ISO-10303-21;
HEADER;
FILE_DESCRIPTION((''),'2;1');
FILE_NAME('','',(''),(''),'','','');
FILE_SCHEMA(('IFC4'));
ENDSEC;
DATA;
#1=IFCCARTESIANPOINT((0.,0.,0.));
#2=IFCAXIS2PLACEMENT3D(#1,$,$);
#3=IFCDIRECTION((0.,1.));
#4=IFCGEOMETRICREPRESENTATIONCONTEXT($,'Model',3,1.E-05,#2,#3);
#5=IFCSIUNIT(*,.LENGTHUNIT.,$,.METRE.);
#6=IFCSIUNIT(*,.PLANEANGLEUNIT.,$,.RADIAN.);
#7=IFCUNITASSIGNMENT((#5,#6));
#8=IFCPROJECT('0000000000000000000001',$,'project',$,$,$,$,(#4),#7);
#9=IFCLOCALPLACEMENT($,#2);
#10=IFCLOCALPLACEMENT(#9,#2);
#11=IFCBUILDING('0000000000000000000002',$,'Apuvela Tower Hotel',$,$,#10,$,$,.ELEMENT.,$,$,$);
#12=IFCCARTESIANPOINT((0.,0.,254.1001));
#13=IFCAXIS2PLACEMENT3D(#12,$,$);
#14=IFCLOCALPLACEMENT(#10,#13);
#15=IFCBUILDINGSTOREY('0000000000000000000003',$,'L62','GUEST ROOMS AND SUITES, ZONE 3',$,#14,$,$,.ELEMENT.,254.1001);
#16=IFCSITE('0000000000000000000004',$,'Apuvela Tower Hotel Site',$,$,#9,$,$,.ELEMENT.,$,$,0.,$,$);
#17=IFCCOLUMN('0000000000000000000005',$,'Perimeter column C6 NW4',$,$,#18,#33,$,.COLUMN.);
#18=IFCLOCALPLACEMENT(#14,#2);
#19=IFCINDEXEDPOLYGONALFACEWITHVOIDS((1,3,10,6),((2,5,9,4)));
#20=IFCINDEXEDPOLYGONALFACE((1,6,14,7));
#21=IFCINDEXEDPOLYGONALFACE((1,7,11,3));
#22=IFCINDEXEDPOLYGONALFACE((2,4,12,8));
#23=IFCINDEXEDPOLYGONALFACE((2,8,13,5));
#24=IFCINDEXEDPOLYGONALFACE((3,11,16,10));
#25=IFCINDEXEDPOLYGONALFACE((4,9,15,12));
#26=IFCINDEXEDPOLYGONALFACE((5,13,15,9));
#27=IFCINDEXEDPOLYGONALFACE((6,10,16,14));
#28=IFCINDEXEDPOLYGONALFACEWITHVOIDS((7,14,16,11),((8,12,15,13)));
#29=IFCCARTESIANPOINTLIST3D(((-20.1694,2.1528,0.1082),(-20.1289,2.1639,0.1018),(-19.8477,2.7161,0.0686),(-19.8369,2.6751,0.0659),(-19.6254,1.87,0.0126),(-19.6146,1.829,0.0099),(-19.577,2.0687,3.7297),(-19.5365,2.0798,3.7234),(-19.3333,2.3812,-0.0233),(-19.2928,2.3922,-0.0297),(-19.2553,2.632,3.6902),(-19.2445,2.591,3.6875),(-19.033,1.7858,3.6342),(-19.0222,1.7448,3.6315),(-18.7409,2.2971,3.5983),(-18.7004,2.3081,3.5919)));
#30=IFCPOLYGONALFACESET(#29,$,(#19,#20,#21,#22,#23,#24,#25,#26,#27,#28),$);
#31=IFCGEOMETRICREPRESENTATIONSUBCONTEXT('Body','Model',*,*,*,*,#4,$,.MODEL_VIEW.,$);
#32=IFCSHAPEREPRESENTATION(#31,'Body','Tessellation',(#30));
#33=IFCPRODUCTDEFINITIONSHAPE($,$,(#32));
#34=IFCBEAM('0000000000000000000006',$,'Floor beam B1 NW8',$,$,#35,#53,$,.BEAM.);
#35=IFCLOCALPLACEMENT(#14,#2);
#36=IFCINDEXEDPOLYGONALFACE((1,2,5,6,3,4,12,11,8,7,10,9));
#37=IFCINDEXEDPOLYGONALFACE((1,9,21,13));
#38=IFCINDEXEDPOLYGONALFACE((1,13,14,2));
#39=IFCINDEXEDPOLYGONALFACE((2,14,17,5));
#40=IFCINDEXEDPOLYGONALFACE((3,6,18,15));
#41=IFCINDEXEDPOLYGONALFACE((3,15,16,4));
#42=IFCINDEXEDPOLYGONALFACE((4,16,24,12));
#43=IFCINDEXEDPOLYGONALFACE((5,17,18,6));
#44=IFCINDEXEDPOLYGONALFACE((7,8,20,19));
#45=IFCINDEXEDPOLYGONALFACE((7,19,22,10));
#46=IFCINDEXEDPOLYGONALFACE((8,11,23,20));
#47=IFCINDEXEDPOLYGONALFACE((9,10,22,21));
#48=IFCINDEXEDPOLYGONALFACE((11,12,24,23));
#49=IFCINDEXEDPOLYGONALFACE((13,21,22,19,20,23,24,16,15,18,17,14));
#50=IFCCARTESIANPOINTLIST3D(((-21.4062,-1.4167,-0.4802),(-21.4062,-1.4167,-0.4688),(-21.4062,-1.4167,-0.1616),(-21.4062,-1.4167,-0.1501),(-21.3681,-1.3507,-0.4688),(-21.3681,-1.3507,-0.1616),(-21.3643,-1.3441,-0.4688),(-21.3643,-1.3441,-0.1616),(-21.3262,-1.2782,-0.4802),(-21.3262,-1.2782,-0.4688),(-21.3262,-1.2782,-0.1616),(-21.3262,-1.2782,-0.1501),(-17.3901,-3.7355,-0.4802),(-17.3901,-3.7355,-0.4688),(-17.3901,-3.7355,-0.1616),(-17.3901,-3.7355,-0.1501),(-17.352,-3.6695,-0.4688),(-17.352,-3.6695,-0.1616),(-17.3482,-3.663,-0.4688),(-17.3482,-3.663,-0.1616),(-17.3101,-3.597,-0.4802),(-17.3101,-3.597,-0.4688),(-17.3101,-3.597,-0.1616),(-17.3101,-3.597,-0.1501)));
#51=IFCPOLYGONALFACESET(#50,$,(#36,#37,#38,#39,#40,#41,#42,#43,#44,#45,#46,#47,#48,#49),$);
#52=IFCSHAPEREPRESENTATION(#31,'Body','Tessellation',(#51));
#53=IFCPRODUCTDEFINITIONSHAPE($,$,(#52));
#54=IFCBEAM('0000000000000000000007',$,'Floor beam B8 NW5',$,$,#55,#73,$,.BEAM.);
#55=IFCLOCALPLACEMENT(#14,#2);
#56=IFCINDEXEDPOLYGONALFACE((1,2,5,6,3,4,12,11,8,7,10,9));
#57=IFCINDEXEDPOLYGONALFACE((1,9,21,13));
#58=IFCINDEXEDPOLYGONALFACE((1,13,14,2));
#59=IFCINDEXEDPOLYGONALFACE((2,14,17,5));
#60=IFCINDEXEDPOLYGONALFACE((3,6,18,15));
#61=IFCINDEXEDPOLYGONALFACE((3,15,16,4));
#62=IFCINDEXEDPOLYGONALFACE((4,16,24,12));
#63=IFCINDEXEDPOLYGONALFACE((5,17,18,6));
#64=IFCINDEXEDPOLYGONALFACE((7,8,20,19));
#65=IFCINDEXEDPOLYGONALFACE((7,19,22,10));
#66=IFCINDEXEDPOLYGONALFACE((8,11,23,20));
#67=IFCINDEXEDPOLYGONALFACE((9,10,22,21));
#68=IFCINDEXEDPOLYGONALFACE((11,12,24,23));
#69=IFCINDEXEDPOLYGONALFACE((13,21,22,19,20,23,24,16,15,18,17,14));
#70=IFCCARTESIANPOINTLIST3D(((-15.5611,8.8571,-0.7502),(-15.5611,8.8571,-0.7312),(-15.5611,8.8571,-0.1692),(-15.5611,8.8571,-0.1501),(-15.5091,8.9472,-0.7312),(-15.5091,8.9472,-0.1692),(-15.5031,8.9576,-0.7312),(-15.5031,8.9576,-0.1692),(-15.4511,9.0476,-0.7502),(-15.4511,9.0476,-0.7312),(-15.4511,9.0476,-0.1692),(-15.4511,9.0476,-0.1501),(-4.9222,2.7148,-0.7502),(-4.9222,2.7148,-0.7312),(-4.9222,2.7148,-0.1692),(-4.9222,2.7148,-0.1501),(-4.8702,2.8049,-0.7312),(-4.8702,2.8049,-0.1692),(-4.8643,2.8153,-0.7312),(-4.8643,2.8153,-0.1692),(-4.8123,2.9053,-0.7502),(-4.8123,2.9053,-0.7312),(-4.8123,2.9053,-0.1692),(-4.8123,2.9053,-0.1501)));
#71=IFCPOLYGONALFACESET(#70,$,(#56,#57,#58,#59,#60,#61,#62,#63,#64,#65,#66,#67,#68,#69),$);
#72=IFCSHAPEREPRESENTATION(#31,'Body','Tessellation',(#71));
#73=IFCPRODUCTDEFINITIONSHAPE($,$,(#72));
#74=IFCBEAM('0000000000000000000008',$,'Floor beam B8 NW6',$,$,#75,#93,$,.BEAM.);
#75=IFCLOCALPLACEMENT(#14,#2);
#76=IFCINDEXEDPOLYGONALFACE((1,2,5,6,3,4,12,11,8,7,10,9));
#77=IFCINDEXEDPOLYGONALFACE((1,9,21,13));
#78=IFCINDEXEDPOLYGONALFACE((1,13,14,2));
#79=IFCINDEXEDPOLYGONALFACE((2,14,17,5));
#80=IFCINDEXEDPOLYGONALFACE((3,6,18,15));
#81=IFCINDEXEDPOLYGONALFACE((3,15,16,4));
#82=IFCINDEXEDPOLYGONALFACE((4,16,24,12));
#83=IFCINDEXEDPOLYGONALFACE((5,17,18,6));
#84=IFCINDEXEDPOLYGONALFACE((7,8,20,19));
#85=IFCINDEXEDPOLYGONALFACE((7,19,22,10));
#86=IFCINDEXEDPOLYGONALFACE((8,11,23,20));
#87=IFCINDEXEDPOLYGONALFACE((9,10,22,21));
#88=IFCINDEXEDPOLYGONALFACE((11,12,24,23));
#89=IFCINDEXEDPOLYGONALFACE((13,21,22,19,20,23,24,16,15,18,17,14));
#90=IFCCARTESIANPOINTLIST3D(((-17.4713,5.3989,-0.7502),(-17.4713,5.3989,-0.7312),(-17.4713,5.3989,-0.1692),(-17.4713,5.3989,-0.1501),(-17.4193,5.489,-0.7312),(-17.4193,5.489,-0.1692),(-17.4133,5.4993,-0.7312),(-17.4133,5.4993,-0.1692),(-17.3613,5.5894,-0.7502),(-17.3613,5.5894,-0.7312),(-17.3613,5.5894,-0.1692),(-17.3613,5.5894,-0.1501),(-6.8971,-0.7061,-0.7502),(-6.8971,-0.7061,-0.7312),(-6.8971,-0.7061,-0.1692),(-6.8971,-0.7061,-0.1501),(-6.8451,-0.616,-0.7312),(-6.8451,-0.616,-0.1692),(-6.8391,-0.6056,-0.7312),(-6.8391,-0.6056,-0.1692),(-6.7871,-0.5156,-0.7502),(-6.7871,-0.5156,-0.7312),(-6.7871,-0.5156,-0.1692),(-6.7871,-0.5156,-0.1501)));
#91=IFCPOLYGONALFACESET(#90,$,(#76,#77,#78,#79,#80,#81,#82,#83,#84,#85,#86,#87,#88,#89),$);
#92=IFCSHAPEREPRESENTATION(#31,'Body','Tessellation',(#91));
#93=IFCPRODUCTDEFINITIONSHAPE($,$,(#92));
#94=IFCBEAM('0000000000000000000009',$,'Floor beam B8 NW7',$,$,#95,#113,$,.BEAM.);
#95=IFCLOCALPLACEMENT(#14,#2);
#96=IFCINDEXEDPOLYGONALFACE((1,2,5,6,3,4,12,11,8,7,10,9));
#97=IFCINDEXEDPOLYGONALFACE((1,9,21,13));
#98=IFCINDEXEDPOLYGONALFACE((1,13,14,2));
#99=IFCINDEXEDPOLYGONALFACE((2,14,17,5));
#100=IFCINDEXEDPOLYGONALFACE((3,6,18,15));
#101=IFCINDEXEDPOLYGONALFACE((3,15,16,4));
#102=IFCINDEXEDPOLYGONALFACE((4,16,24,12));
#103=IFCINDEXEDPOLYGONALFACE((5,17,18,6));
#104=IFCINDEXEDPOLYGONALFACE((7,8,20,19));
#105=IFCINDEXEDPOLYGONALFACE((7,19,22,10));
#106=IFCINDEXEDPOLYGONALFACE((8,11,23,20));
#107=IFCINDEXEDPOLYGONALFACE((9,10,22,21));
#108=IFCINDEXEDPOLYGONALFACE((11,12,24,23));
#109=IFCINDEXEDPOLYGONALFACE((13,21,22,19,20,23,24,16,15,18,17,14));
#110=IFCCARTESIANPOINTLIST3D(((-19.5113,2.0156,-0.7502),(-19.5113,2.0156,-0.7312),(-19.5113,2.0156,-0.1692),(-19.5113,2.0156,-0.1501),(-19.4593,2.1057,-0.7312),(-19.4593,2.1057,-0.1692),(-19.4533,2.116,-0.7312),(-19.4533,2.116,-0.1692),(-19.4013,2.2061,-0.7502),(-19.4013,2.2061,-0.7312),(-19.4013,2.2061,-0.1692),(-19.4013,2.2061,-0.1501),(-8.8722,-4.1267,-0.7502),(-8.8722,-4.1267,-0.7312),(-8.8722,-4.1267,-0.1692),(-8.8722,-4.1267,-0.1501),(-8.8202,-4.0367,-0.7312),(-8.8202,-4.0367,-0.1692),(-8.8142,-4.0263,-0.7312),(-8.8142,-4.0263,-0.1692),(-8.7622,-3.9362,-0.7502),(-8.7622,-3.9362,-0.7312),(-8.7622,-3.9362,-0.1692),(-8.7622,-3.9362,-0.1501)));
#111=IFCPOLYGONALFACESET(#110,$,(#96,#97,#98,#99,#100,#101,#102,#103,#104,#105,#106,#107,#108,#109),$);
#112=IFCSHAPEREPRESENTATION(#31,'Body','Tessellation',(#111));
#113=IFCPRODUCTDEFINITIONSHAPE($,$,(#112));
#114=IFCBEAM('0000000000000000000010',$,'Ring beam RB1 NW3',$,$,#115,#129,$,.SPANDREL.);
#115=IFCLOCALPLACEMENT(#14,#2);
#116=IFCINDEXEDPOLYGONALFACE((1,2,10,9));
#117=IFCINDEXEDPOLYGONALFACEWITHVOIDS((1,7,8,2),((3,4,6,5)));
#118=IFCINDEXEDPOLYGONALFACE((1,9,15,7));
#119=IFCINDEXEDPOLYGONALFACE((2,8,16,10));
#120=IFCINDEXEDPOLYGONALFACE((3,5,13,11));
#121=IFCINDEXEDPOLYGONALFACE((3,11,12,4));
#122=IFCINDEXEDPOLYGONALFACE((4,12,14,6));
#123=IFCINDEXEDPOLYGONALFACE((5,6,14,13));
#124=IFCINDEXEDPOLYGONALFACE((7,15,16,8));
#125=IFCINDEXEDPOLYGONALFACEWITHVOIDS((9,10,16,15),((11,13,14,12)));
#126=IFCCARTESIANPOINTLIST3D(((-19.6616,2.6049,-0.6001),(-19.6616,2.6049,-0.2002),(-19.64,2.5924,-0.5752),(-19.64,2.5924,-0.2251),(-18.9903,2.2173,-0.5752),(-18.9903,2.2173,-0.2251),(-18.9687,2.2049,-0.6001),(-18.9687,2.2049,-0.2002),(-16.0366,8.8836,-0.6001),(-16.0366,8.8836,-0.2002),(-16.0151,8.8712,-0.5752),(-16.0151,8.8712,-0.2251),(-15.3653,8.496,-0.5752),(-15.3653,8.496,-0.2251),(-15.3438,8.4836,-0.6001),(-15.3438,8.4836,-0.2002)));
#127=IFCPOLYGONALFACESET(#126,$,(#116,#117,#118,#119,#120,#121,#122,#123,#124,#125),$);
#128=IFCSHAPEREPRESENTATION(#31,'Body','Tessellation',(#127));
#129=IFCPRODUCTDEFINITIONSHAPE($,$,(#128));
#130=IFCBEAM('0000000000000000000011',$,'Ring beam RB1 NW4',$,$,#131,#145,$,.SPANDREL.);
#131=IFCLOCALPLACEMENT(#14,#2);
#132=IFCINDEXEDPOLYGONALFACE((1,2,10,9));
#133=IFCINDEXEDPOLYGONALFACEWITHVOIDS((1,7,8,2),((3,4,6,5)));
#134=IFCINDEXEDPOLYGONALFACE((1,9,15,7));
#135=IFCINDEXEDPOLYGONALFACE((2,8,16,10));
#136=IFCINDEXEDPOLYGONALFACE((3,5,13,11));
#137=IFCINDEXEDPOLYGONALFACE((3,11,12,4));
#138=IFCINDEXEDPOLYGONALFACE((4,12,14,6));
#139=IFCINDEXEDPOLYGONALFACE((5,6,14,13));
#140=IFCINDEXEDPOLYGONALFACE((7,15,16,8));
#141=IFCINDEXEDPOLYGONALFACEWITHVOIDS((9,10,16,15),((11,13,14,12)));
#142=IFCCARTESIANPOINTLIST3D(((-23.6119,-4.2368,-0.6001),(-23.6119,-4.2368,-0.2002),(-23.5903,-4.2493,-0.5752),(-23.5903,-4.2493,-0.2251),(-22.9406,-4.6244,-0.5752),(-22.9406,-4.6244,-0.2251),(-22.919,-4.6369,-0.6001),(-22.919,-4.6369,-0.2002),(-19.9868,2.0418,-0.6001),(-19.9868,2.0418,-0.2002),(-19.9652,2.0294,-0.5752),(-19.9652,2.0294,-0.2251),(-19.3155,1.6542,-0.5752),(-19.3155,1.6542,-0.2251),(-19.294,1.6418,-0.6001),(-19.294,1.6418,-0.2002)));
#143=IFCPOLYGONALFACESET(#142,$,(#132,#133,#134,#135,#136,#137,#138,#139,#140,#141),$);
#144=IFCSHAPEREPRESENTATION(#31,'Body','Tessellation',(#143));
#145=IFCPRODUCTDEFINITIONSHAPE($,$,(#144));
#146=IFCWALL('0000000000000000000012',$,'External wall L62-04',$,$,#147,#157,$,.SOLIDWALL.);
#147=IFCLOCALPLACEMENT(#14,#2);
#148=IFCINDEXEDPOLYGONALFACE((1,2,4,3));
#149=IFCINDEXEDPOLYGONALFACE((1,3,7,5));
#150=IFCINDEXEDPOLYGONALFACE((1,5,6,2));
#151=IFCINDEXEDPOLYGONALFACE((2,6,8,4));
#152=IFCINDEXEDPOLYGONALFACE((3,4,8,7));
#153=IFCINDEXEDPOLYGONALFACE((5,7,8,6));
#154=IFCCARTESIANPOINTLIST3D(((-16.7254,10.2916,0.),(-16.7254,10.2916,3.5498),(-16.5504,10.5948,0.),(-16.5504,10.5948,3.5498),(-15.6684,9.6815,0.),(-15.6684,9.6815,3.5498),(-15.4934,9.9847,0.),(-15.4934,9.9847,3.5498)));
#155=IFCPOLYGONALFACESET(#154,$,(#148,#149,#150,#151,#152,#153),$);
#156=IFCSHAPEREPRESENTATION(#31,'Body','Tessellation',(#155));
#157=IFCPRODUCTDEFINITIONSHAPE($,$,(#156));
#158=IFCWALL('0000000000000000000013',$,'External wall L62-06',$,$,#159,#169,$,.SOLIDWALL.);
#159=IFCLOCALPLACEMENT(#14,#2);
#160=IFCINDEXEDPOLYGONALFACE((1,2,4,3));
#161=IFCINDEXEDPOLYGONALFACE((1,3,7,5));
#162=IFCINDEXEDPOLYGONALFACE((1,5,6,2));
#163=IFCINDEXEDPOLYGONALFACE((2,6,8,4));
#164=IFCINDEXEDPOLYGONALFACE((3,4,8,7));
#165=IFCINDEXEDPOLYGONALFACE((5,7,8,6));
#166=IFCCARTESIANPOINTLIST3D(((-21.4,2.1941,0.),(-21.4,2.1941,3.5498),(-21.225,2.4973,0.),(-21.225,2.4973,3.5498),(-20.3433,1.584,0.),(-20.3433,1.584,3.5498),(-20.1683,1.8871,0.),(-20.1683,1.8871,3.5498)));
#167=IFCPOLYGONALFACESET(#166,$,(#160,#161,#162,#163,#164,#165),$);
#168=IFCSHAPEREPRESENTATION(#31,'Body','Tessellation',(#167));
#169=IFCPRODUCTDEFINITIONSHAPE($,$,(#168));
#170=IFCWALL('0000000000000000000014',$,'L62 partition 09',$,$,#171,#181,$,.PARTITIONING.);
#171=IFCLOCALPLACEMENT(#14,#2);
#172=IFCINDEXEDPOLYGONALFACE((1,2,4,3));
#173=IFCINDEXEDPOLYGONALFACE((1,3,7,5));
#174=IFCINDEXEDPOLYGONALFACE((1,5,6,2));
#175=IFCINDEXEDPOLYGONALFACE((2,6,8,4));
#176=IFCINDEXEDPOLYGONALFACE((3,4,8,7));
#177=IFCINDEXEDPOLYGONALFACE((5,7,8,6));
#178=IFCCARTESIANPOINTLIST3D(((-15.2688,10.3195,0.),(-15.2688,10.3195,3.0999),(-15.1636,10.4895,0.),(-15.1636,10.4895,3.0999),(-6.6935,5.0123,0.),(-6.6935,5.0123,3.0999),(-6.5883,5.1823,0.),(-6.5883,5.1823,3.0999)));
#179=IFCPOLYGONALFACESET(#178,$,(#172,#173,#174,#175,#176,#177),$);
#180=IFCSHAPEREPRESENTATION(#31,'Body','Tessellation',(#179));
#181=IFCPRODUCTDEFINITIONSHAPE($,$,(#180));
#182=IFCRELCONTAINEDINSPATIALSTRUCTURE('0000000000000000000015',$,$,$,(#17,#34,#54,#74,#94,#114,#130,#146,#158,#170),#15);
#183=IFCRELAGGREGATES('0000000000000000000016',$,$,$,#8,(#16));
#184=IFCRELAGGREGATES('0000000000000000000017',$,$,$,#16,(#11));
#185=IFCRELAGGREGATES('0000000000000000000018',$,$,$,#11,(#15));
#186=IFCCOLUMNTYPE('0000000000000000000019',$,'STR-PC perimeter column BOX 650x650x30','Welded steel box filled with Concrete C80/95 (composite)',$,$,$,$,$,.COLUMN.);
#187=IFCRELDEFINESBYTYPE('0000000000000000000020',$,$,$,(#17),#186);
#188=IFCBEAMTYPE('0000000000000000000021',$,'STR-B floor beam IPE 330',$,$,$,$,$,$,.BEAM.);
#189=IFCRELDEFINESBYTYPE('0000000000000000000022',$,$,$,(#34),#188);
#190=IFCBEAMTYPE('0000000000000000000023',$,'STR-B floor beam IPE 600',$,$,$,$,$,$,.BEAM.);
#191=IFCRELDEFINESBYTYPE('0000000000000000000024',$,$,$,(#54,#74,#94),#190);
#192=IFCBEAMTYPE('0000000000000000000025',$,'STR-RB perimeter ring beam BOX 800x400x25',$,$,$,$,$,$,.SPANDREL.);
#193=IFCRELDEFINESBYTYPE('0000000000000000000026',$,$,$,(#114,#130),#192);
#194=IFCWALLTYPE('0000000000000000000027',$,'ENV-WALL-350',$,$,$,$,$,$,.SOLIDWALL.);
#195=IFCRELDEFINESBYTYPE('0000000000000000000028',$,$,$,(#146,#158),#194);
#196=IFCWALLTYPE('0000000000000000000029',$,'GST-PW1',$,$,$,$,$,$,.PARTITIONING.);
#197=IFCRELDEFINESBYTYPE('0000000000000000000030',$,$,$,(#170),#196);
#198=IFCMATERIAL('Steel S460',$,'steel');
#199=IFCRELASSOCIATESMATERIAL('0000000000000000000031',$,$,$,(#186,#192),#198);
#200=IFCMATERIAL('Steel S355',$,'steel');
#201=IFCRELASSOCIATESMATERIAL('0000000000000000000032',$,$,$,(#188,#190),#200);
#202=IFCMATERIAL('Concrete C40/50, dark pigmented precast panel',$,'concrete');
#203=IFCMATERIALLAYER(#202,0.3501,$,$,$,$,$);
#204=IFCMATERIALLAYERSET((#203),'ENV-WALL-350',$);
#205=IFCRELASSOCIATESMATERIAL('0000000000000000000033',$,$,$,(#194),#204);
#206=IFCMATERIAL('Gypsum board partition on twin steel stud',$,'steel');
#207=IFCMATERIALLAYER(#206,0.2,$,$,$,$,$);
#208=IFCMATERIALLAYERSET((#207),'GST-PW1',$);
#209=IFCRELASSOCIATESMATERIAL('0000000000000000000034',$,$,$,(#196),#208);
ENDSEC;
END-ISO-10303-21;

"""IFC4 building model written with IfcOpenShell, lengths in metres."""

from ifc_helpers import new_model, si_unit, direction, frame, frame_2d, origin, origin_2d, place, context, subcontext, project, spatial, rectangle, hollow_rectangle, i_section, extrude, boolean, halfspace, material, layer, layer_set, material_profile, profile_set, type_object, element, save


model = new_model("IFC4")

# Units and contexts
model_context = context("Model", 3, precision=1e-05, world=origin(), true_north=direction((0.0, 1.0)))
body_context = subcontext(model_context, "Body", "Model", "MODEL_VIEW")
ifc_project = project(units=[si_unit("LENGTHUNIT", "METRE"), si_unit("PLANEANGLEUNIT", "RADIAN")], contexts=[model_context])

# Site, building, storey
site_placement = place(None, origin())
site = spatial("IfcSite", under=ifc_project, at=site_placement, Name="Apuvela Tower Hotel Site", CompositionType="ELEMENT", RefElevation=0.0)
building_placement = place(site_placement, origin())
building = spatial("IfcBuilding", under=site, at=building_placement, Name="Apuvela Tower Hotel", CompositionType="ELEMENT")
storey_placement = place(building_placement, frame((0.0, 0.0, 254.1001)))
storey = spatial("IfcBuildingStorey", under=building, at=storey_placement, Name="L62", Description="GUEST ROOMS AND SUITES, ZONE 3", CompositionType="ELEMENT", Elevation=254.1001)

# Column
ifc_material_1 = material(Name="Steel S460", Category="steel")
ifc_material_profile_1 = material_profile(ifc_material_1, hollow_rectangle(XDim=0.6499, YDim=0.6499, WallThickness=0.03, at=origin_2d()), Name="BOX 650x650x30")
ifc_material_2 = material(Name="Concrete C80/95", Category="concrete")
ifc_material_profile_2 = material_profile(ifc_material_2, rectangle(XDim=0.5901, YDim=0.5901, at=origin_2d()), Name="Concrete C80/95 infill")
ifc_profile_set_1 = profile_set([ifc_material_profile_1, ifc_material_profile_2], Name="Steel S460")
column_type = type_object("IfcColumnType", Name="STR-PC perimeter column BOX 650x650x30", Description="Welded steel box filled with Concrete C80/95 (composite)", PredefinedType="COLUMN", material=ifc_profile_set_1)
column_1_placement = place(storey_placement, frame((-19.7375, 2.2734, 0.0), z_axis=(0.161389, -0.022916, 0.986625), x_axis=(-0.49511, -0.866696, 0.060858)))
element("IfcColumn", 1, at=column_1_placement, inside=storey, type_object=column_type, Name="Perimeter column C6 NW4", PredefinedType="COLUMN", context=body_context, shape_type="SweptSolid", body=[
    boolean("DIFFERENCE", boolean("DIFFERENCE", extrude(hollow_rectangle(XDim=0.6499, YDim=0.6499, WallThickness=0.03, at=origin_2d()), origin(), (0.0, 0.0, 1.0), 3.75), halfspace(frame((0.0, 0.0, 0.0398), z_axis=(0.0, 0.0, 1.0), x_axis=(1.0, 0.0, 0.0)), True)), halfspace(frame((0.0, 0.0, 3.7104), z_axis=(0.0, 0.0, 1.0), x_axis=(1.0, 0.0, 0.0)), False)),
])

# Beams
ifc_material_3 = material(Name="Steel S355", Category="steel")
ifc_material_profile_3 = material_profile(ifc_material_3, i_section(OverallWidth=0.1599, OverallDepth=0.3301, WebThickness=0.0076, FlangeThickness=0.0115, at=origin_2d()), Name="IPE 330")
ifc_profile_set_2 = profile_set([ifc_material_profile_3], Name="Steel S355")
beam_type_1 = type_object("IfcBeamType", Name="STR-B floor beam IPE 330", PredefinedType="BEAM", material=ifc_profile_set_2)
beam_1_placement = place(storey_placement, frame((-21.3662, -1.3474, -0.3152), z_axis=(0.866012, -0.500023, 0.0), x_axis=(0.500023, 0.866012, 0.0)))
element("IfcBeam", 2, at=beam_1_placement, inside=storey, type_object=beam_type_1, Name="Floor beam B1 NW8", PredefinedType="BEAM", context=body_context, shape_type="SweptSolid", body=[
    extrude(i_section(OverallWidth=0.1599, OverallDepth=0.3301, WebThickness=0.0076, FlangeThickness=0.0115, at=origin_2d()), origin(), (0.0, 0.0, 1.0), 4.6375),
])
ifc_material_profile_4 = material_profile(ifc_material_3, i_section(OverallWidth=0.22, OverallDepth=0.6001, WebThickness=0.012, FlangeThickness=0.019, at=origin_2d()), Name="IPE 600")
ifc_profile_set_3 = profile_set([ifc_material_profile_4], Name="Steel S355")
beam_type_2 = type_object("IfcBeamType", Name="STR-B floor beam IPE 600", PredefinedType="BEAM", material=ifc_profile_set_3)
beam_2_placement = place(storey_placement, frame((-15.5061, 8.9524, -0.4502), z_axis=(0.866027, -0.499997, 0.0), x_axis=(0.499997, 0.866027, 0.0)))
element("IfcBeam", 3, at=beam_2_placement, inside=storey, type_object=beam_type_2, Name="Floor beam B8 NW5", PredefinedType="BEAM", context=body_context, shape_type="SweptSolid", body=[
    extrude(i_section(OverallWidth=0.22, OverallDepth=0.6001, WebThickness=0.012, FlangeThickness=0.019, at=origin_2d()), origin(), (0.0, 0.0, 1.0), 12.2847),
])
beam_3_placement = place(storey_placement, frame((-17.4163, 5.4941, -0.4502), z_axis=(0.866027, -0.499997, 0.0), x_axis=(0.499997, 0.866027, 0.0)))
element("IfcBeam", 4, at=beam_3_placement, inside=storey, type_object=beam_type_2, Name="Floor beam B8 NW6", PredefinedType="BEAM", context=body_context, shape_type="SweptSolid", body=[
    extrude(i_section(OverallWidth=0.22, OverallDepth=0.6001, WebThickness=0.012, FlangeThickness=0.019, at=origin_2d()), origin(), (0.0, 0.0, 1.0), 12.21),
])
beam_4_placement = place(storey_placement, frame((-19.4563, 2.1108, -0.4502), z_axis=(0.866032, -0.499989, 0.0), x_axis=(0.499989, 0.866032, 0.0)))
element("IfcBeam", 5, at=beam_4_placement, inside=storey, type_object=beam_type_2, Name="Floor beam B8 NW7", PredefinedType="BEAM", context=body_context, shape_type="SweptSolid", body=[
    extrude(i_section(OverallWidth=0.22, OverallDepth=0.6001, WebThickness=0.012, FlangeThickness=0.019, at=origin_2d()), origin(), (0.0, 0.0, 1.0), 12.2849),
])
ifc_material_profile_5 = material_profile(ifc_material_1, hollow_rectangle(XDim=0.8, YDim=0.3999, WallThickness=0.0249, at=origin_2d()), Name="BOX 800x400x25")
ifc_profile_set_4 = profile_set([ifc_material_profile_5], Name="Steel S460")
beam_type_3 = type_object("IfcBeamType", Name="STR-RB perimeter ring beam BOX 800x400x25", PredefinedType="SPANDREL", material=ifc_profile_set_4)
for number, where, z_axis, x_axis, name in (
    (6, (-15.6902, 8.6836, -0.4001), (-0.499993, -0.86603, 0.0), (0.86603, -0.499993, 0.0), "Ring beam RB1 NW3"),
    (7, (-19.6404, 1.8418, -0.4001), (-0.500007, -0.866021, 0.0), (0.866021, -0.500007, 0.0), "Ring beam RB1 NW4"),
):
    element("IfcBeam", number, at=place(storey_placement, frame(where, z_axis=z_axis, x_axis=x_axis)), inside=storey, type_object=beam_type_3, Name=name, PredefinedType="SPANDREL", context=body_context, shape_type="SweptSolid", body=[
        extrude(hollow_rectangle(XDim=0.8, YDim=0.3999, WallThickness=0.0249, at=origin_2d()), origin(), (0.0, 0.0, 1.0), 7.25),
    ])

# Wall
ifc_material_4 = material(Name="Concrete C40/50, dark pigmented precast panel", Category="concrete")
ifc_layer_1 = layer(ifc_material_4, 0.3501)
ifc_layer_set_1 = layer_set([ifc_layer_1], Name="ENV-WALL-350")
wall_type_1 = type_object("IfcWallType", Name="ENV-WALL-350", PredefinedType="SOLIDWALL", material=ifc_layer_set_1)
wall_1_placement = place(storey_placement, frame((-15.5808, 9.833, 0.0), z_axis=(0.0, 0.0, 1.0), x_axis=(-0.866056, 0.499948, 0.0)))
element("IfcWall", 8, at=wall_1_placement, inside=storey, type_object=wall_type_1, Name="External wall L62-04", PredefinedType="SOLIDWALL", context=body_context, shape_type="SweptSolid", body=[
    extrude(rectangle(XDim=1.2205, YDim=0.3501, at=frame_2d((0.6104, 0.0))), origin(), (0.0, 0.0, 1.0), 3.5498),
])

# Wall
wall_2_placement = place(storey_placement, frame((-21.3125, 2.3457, 0.0), z_axis=(0.0, 0.0, 1.0), x_axis=(0.866006, -0.500034, 0.0)))
element("IfcWall", 9, at=wall_2_placement, inside=storey, type_object=wall_type_1, Name="External wall L62-06", PredefinedType="SOLIDWALL", context=body_context, shape_type="SweptSolid", body=[
    extrude(rectangle(XDim=1.2202, YDim=0.3501, at=frame_2d((0.6101, 0.0))), origin(), (0.0, 0.0, 1.0), 3.5498),
])

# Wall
ifc_material_5 = material(Name="Gypsum board partition on twin steel stud", Category="steel")
ifc_layer_2 = layer(ifc_material_5, 0.2)
ifc_layer_set_2 = layer_set([ifc_layer_2], Name="GST-PW1")
wall_type_2 = type_object("IfcWallType", Name="GST-PW1", PredefinedType="PARTITIONING", material=ifc_layer_set_2)
wall_3_placement = place(storey_placement, frame((-15.2163, 10.4045, 0.0), z_axis=(0.0, 0.0, 1.0), x_axis=(0.850324, -0.52626, 0.0)))
element("IfcWall", 10, at=wall_3_placement, inside=storey, type_object=wall_type_2, Name="L62 partition 09", PredefinedType="PARTITIONING", context=body_context, shape_type="SweptSolid", body=[
    extrude(rectangle(XDim=10.0847, YDim=0.2, at=frame_2d((5.0425, 0.0))), origin(), (0.0, 0.0, 1.0), 3.0999),
])

save(model, "model.ifc")
